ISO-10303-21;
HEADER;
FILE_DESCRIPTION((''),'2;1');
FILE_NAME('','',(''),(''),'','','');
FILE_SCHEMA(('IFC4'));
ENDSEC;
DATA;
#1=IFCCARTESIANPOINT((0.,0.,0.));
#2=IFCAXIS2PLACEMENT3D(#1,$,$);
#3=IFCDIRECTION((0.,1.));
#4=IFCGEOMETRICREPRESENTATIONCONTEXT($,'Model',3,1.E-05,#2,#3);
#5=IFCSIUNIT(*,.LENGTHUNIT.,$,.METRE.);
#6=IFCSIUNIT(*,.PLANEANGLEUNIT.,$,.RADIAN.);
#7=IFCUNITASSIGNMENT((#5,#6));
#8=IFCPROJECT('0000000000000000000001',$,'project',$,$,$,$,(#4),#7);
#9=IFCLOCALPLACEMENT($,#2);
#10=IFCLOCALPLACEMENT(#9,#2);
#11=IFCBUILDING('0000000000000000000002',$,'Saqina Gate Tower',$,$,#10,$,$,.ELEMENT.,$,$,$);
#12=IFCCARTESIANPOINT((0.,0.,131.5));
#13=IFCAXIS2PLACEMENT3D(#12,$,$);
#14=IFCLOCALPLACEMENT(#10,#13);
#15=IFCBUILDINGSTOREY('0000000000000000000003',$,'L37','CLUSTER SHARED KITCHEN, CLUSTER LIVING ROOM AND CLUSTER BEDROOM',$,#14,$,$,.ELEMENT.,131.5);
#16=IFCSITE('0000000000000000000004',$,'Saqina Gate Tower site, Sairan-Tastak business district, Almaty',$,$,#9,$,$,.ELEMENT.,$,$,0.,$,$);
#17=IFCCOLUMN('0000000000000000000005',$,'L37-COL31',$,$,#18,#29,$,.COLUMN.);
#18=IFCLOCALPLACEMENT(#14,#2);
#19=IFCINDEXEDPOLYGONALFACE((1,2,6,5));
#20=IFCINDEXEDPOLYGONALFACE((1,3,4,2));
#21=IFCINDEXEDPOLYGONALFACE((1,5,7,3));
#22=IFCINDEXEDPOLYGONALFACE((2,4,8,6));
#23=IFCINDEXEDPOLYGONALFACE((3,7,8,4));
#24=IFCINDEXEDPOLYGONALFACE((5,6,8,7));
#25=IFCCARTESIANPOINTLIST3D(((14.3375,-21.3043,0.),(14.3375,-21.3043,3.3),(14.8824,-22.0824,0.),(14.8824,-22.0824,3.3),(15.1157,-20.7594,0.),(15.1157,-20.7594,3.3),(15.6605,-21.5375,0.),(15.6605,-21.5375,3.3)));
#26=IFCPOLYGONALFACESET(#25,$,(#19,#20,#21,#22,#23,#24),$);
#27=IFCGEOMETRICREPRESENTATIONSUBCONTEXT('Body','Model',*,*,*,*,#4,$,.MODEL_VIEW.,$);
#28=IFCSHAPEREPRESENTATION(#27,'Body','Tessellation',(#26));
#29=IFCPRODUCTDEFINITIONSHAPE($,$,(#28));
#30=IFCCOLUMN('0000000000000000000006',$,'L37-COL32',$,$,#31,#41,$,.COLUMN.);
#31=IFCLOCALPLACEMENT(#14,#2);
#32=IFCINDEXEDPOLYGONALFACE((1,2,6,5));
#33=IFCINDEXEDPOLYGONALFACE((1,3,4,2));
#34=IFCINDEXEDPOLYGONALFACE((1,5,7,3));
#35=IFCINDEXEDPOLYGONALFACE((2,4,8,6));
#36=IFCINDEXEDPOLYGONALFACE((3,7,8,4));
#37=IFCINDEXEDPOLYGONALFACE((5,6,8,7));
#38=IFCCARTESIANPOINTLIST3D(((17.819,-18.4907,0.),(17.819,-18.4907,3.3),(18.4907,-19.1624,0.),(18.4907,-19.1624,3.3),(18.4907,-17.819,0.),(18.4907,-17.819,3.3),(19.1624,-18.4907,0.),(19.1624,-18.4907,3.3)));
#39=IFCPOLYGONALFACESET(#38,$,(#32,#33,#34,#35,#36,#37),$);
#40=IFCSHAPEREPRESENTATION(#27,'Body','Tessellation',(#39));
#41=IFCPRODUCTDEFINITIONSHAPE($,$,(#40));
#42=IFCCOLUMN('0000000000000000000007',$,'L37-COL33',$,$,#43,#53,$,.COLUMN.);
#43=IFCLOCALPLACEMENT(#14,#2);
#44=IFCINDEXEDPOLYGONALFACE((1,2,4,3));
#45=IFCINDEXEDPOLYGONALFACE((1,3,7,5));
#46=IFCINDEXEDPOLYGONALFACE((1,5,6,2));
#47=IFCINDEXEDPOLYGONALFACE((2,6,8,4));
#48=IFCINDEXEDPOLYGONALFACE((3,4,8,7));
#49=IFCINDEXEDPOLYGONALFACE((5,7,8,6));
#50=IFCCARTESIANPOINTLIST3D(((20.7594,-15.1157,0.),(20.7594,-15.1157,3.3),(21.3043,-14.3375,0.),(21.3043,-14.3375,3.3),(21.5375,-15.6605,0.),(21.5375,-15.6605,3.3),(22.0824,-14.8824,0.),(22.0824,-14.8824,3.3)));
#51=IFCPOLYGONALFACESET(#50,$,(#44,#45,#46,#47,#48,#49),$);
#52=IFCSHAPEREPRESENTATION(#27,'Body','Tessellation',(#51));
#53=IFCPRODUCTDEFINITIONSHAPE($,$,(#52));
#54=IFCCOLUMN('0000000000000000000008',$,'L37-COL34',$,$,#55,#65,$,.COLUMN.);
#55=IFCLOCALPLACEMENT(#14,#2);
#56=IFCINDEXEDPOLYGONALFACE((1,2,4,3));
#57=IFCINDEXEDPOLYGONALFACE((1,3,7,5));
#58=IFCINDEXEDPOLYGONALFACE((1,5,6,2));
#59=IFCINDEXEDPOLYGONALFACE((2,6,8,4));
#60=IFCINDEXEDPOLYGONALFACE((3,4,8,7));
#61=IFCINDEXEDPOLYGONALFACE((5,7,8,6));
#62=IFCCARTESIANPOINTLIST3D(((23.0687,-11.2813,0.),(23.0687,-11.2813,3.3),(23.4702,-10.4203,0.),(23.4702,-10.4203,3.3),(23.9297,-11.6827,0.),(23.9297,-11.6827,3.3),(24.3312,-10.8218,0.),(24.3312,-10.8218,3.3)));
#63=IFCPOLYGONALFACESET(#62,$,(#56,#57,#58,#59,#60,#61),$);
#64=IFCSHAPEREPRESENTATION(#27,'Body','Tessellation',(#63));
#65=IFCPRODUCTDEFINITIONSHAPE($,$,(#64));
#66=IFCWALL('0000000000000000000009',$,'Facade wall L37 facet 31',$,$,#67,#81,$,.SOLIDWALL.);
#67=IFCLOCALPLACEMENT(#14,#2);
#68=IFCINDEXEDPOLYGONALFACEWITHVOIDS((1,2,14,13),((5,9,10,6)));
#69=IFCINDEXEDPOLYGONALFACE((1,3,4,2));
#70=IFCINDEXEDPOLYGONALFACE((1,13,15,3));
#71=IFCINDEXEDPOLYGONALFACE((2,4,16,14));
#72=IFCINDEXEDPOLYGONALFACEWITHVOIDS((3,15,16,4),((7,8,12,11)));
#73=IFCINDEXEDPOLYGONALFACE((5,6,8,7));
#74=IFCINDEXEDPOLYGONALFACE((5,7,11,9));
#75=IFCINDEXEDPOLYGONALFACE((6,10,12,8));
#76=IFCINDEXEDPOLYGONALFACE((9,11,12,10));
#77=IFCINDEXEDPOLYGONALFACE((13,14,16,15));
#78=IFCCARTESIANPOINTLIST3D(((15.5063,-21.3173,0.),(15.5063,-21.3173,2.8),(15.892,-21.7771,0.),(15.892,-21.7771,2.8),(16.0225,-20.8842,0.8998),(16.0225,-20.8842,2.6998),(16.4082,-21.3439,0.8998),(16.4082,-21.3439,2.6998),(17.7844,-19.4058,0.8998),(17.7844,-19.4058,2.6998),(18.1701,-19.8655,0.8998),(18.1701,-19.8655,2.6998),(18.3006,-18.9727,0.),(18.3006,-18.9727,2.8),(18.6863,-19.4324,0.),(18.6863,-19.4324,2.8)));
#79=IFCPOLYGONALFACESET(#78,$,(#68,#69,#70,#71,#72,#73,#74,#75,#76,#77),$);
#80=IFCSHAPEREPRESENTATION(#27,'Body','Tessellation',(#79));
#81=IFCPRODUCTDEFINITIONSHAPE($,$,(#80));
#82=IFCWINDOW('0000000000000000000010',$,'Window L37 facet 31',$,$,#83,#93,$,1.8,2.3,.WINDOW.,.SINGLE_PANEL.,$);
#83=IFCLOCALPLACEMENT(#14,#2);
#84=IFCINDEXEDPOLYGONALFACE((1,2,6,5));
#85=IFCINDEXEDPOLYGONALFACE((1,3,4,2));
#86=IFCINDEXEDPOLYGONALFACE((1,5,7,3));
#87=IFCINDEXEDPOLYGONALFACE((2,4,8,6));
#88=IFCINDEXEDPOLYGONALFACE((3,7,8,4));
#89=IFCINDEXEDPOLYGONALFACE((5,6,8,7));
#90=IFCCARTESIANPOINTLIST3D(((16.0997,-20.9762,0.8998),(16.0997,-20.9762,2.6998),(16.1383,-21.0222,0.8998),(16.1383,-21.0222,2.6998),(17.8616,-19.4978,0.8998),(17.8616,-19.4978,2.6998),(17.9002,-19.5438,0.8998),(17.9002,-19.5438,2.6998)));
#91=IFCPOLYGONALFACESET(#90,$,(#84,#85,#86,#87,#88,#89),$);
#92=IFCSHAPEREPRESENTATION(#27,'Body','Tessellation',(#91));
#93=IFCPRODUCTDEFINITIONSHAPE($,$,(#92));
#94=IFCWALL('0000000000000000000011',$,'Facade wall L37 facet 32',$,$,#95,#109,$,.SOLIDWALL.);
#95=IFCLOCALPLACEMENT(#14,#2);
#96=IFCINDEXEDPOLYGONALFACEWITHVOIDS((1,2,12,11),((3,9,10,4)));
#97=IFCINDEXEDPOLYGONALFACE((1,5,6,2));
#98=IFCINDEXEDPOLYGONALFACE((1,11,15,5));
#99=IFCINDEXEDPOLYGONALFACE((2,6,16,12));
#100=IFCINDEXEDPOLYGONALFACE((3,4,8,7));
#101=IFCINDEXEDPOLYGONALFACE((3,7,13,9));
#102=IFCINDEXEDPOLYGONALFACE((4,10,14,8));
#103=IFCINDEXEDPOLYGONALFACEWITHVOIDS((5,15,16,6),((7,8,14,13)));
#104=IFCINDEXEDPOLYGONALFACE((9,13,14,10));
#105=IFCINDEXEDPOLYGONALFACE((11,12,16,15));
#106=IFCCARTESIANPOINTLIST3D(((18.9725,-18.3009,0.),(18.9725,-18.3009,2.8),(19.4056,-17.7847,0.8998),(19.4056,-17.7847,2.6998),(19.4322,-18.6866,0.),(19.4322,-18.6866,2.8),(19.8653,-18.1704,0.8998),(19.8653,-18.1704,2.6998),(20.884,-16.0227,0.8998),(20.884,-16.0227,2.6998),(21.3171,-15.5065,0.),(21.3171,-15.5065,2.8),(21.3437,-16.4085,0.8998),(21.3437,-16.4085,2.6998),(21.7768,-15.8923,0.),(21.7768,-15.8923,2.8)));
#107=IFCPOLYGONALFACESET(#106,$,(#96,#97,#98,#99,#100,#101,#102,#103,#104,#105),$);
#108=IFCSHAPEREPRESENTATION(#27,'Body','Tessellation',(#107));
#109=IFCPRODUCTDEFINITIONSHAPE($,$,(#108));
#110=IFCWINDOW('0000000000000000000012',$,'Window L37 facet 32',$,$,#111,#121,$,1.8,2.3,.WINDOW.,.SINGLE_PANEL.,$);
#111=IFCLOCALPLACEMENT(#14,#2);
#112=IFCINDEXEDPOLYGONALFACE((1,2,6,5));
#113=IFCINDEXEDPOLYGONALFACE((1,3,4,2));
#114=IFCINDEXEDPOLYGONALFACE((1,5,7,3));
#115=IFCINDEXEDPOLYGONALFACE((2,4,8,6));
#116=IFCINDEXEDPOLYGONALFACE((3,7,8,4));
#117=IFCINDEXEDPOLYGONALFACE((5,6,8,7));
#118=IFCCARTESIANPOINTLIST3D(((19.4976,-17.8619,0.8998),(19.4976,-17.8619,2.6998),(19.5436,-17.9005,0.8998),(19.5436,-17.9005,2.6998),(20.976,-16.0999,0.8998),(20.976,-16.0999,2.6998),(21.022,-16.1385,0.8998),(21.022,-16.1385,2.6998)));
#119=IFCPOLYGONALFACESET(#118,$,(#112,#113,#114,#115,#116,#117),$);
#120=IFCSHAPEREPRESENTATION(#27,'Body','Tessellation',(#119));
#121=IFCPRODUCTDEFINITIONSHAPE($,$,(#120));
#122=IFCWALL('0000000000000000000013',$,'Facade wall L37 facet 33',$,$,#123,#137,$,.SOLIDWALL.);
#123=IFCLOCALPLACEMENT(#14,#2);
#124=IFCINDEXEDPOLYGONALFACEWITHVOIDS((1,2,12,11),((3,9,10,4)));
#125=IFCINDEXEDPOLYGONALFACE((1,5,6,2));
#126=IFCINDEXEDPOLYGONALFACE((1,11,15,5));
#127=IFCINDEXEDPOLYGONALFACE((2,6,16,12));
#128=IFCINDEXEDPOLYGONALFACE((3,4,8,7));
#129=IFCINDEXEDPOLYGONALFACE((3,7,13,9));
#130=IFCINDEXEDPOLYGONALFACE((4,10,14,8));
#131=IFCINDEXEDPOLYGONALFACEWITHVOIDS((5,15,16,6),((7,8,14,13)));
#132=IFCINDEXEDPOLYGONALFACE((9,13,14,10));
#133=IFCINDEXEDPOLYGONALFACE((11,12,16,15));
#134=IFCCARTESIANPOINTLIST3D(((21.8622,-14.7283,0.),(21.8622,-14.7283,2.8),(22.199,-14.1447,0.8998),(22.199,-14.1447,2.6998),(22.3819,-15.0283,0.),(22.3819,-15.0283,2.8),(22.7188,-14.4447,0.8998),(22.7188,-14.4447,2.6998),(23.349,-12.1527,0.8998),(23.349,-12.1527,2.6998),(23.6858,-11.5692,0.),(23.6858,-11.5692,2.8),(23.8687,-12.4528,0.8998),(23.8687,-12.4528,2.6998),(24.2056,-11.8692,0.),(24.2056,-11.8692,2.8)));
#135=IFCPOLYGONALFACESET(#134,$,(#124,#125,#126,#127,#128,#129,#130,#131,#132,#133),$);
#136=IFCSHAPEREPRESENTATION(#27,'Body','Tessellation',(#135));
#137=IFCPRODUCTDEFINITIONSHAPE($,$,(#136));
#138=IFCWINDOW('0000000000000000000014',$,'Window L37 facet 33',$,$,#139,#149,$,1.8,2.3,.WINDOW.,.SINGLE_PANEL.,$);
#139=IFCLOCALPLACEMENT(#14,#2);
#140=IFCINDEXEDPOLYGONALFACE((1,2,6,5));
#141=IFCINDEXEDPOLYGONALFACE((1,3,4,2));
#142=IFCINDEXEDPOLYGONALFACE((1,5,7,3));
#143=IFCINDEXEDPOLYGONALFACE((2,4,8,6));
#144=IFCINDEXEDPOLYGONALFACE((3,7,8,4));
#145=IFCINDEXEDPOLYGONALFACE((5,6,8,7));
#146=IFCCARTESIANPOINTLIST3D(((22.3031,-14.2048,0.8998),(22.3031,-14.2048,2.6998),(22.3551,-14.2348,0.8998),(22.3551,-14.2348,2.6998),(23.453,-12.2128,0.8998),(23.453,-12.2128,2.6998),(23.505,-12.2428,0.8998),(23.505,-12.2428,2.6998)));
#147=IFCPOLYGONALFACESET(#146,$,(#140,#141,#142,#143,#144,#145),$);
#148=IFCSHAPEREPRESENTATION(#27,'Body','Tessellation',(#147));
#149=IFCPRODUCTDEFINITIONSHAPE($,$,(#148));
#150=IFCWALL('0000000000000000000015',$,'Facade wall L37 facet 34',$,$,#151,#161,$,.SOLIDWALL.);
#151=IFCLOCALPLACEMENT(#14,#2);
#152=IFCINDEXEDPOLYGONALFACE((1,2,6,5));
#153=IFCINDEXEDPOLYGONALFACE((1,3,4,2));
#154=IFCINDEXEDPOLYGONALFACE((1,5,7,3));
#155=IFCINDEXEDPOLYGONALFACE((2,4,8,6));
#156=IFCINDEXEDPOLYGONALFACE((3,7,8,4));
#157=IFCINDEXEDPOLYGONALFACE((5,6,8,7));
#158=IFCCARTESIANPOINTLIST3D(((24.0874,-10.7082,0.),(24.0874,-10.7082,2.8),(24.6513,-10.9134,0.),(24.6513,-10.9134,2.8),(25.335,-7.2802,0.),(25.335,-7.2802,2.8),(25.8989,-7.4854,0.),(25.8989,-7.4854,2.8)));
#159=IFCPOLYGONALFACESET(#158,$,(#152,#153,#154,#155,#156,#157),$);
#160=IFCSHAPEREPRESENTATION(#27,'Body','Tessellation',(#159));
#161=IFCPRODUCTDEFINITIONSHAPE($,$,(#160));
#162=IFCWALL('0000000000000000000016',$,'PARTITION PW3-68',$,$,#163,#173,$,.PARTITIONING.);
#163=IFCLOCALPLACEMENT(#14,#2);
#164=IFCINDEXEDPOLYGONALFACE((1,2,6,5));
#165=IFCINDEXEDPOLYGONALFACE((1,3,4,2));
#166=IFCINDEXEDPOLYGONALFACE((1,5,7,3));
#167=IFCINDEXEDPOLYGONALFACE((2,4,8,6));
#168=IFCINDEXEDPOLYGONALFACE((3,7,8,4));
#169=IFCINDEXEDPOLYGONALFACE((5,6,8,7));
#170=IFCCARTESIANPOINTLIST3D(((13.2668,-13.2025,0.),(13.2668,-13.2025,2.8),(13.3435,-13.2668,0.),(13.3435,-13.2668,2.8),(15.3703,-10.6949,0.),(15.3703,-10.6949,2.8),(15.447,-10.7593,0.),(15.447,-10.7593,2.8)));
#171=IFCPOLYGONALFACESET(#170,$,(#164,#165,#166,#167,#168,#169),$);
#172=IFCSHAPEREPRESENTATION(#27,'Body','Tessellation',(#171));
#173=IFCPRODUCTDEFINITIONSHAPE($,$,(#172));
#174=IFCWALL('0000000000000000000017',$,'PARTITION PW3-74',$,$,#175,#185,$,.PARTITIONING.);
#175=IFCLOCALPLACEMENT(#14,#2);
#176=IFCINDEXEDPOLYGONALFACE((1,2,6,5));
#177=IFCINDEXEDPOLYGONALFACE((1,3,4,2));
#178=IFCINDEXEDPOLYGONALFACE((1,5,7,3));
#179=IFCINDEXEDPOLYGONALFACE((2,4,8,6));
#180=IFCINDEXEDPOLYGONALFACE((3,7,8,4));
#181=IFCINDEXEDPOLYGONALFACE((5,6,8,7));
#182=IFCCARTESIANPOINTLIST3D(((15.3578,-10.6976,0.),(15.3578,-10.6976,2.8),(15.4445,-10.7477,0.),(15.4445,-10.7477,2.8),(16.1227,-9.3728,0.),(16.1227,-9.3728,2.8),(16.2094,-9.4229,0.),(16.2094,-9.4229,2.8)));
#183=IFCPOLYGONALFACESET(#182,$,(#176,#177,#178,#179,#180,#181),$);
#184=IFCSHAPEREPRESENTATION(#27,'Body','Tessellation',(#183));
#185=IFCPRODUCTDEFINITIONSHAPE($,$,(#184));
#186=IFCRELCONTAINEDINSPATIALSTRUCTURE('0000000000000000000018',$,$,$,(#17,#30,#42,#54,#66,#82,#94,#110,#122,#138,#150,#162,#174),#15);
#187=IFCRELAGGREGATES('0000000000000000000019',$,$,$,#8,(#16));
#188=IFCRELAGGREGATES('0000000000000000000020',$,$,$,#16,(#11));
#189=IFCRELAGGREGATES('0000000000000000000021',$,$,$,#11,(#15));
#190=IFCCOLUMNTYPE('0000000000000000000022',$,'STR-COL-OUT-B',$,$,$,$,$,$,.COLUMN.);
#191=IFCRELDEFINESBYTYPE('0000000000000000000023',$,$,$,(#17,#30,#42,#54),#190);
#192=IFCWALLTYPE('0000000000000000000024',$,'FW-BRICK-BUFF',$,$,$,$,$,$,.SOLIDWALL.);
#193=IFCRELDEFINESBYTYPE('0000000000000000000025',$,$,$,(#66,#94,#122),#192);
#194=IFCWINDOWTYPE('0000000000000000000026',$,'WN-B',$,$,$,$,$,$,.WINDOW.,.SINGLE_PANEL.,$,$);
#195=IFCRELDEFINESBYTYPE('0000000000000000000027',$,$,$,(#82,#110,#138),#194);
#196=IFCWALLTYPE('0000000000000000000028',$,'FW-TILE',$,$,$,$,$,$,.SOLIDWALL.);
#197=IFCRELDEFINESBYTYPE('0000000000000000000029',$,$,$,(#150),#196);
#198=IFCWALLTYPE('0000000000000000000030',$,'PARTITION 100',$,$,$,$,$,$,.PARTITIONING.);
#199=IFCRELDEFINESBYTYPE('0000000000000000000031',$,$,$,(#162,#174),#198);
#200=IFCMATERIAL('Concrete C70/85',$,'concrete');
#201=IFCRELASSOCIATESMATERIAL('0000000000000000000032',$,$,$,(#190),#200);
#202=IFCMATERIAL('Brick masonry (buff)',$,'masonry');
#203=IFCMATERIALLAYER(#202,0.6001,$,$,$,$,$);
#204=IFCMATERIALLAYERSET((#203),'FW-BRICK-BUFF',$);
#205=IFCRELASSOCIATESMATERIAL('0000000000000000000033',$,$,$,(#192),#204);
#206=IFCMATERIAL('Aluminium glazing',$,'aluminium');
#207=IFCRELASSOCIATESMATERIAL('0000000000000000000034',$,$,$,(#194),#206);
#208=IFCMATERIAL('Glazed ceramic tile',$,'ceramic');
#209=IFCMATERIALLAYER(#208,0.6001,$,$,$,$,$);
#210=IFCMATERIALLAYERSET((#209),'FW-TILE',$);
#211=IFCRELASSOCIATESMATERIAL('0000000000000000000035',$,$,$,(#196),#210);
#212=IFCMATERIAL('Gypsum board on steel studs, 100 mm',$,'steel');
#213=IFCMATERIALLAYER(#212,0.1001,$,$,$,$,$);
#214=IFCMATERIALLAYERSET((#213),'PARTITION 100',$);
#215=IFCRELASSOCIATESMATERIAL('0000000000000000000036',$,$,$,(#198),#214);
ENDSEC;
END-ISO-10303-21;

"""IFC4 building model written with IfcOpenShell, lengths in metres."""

from ifc_helpers import new_model, si_unit, direction, frame, frame_2d, origin, origin_2d, place, context, subcontext, project, spatial, rectangle, extrude, material, layer, layer_set, material_profile, profile_set, type_object, element, fill, save


model = new_model("IFC4")

# Units and contexts
model_context = context("Model", 3, precision=1e-05, world=origin(), true_north=direction((0.0, 1.0)))
body_context = subcontext(model_context, "Body", "Model", "MODEL_VIEW")
ifc_project = project(units=[si_unit("LENGTHUNIT", "METRE"), si_unit("PLANEANGLEUNIT", "RADIAN")], contexts=[model_context])

# Site, building, storey
site_placement = place(None, origin())
site = spatial("IfcSite", under=ifc_project, at=site_placement, Name="Saqina Gate Tower site, Sairan-Tastak business district, Almaty", CompositionType="ELEMENT", RefElevation=0.0)
building_placement = place(site_placement, origin())
building = spatial("IfcBuilding", under=site, at=building_placement, Name="Saqina Gate Tower", CompositionType="ELEMENT")
storey_placement = place(building_placement, frame((0.0, 0.0, 131.5)))
storey = spatial("IfcBuildingStorey", under=building, at=storey_placement, Name="L37", Description="CLUSTER SHARED KITCHEN, CLUSTER LIVING ROOM AND CLUSTER BEDROOM", CompositionType="ELEMENT", Elevation=131.5)

# Columns
ifc_material_1 = material(Name="Concrete C70/85", Category="concrete")
ifc_material_profile = material_profile(ifc_material_1, rectangle(XDim=0.95, YDim=0.95, at=origin_2d()), Name="RC 950x950")
ifc_profile_set = profile_set([ifc_material_profile], Name="Concrete C70/85")
column_type = type_object("IfcColumnType", Name="STR-COL-OUT-B", PredefinedType="COLUMN", material=ifc_profile_set)
for number, where, z_axis, x_axis, name in (
    (1, (14.999, -21.4209, 0.0), (0.0, 0.0, 1.0), (0.573576, -0.819152, 0.0), "L37-COL31"),
    (2, (18.4907, -18.4907, 0.0), (0.0, 0.0, 1.0), (0.707107, -0.707107, 0.0), "L37-COL32"),
    (3, (21.4209, -14.999, 0.0), (0.0, 0.0, 1.0), (0.819152, -0.573576, 0.0), "L37-COL33"),
    (4, (23.7, -11.0515, 0.0), (0.0, 0.0, 1.0), (0.906308, -0.422618, 0.0), "L37-COL34"),
):
    element("IfcColumn", number, at=place(storey_placement, frame(where, z_axis=z_axis, x_axis=x_axis)), inside=storey, type_object=column_type, Name=name, PredefinedType="COLUMN", context=body_context, shape_type="SweptSolid", body=[
        extrude(rectangle(XDim=0.95, YDim=0.95, at=origin_2d()), origin(), (0.0, 0.0, 1.0), 3.3),
    ])

# Walls, openings, windows
ifc_material_2 = material(Name="Brick masonry (buff)", Category="masonry")
ifc_layer_1 = layer(ifc_material_2, 0.6001)
ifc_layer_set_1 = layer_set([ifc_layer_1], Name="FW-BRICK-BUFF")
wall_type_1 = type_object("IfcWallType", Name="FW-BRICK-BUFF", PredefinedType="SOLIDWALL", material=ifc_layer_set_1)
wall_1_placement = place(storey_placement, frame((15.6992, -21.5471, 0.0), z_axis=(0.0, 0.0, 1.0), x_axis=(0.766055, 0.642774, 0.0)))
wall_1 = element("IfcWall", 5, at=wall_1_placement, inside=storey, type_object=wall_type_1, Name="Facade wall L37 facet 31", PredefinedType="SOLIDWALL", context=body_context, shape_type="SweptSolid", body=[
    extrude(rectangle(XDim=3.6477, YDim=0.6001, at=frame_2d((1.8237, 0.0))), origin(), (0.0, 0.0, 1.0), 2.8),
])
opening_1_placement = place(wall_1_placement, frame((0.6738, 0.0, 0.8999)))
opening_1 = element("IfcOpeningElement", 6, at=opening_1_placement, cuts=wall_1, PredefinedType="OPENING", context=body_context, shape_type="SweptSolid", body=[
    extrude(rectangle(XDim=2.3, YDim=1.8, at=frame_2d((1.1499, 0.8999))), frame((0.0, 0.312, 0.0), z_axis=(0.0, -1.0, 0.0), x_axis=(1.0, 0.0, 0.0)), (0.0, 0.0, 1.0), 0.624),
])
ifc_material_3 = material(Name="Aluminium glazing", Category="aluminium")
window_type = type_object("IfcWindowType", Name="WN-B", PartitioningType="SINGLE_PANEL", PredefinedType="WINDOW", material=ifc_material_3)
window_1_placement = place(opening_1_placement, origin())
window_1 = element("IfcWindow", 7, at=window_1_placement, inside=storey, type_object=window_type, Name="Window L37 facet 31", OverallHeight=1.8, OverallWidth=2.3, PartitioningType="SINGLE_PANEL", PredefinedType="WINDOW", context=body_context, shape_type="SweptSolid", body=[
    extrude(rectangle(XDim=2.3, YDim=1.8, at=frame_2d((1.1499, 0.8999))), frame((0.0, 0.1799, 0.0), z_axis=(0.0, -1.0, 0.0), x_axis=(1.0, 0.0, 0.0)), (0.0, 0.0, 1.0), 0.0601),
])
fill(opening_1, window_1)
wall_2_placement = place(storey_placement, frame((19.2024, -18.4937, 0.0), z_axis=(0.0, 0.0, 1.0), x_axis=(0.642774, 0.766055, 0.0)))
wall_2 = element("IfcWall", 8, at=wall_2_placement, inside=storey, type_object=wall_type_1, Name="Facade wall L37 facet 32", PredefinedType="SOLIDWALL", context=body_context, shape_type="SweptSolid", body=[
    extrude(rectangle(XDim=3.6477, YDim=0.6001, at=frame_2d((1.8237, 0.0))), origin(), (0.0, 0.0, 1.0), 2.8),
])
opening_2_placement = place(wall_2_placement, frame((0.6738, 0.0, 0.8999)))
opening_2 = element("IfcOpeningElement", 9, at=opening_2_placement, cuts=wall_2, PredefinedType="OPENING", context=body_context, shape_type="SweptSolid", body=[
    extrude(rectangle(XDim=2.3, YDim=1.8, at=frame_2d((1.1499, 0.8999))), frame((0.0, 0.312, 0.0), z_axis=(0.0, -1.0, 0.0), x_axis=(1.0, 0.0, 0.0)), (0.0, 0.0, 1.0), 0.624),
])
window_2_placement = place(opening_2_placement, origin())
window_2 = element("IfcWindow", 10, at=window_2_placement, inside=storey, type_object=window_type, Name="Window L37 facet 32", OverallHeight=1.8, OverallWidth=2.3, PartitioningType="SINGLE_PANEL", PredefinedType="WINDOW", context=body_context, shape_type="SweptSolid", body=[
    extrude(rectangle(XDim=2.3, YDim=1.8, at=frame_2d((1.1499, 0.8999))), frame((0.0, 0.1799, 0.0), z_axis=(0.0, -1.0, 0.0), x_axis=(1.0, 0.0, 0.0)), (0.0, 0.0, 1.0), 0.0601),
])
fill(opening_2, window_2)
wall_3_placement = place(storey_placement, frame((22.1221, -14.8782, 0.0), z_axis=(0.0, 0.0, 1.0), x_axis=(0.499954, 0.866052, 0.0)))
wall_3 = element("IfcWall", 11, at=wall_3_placement, inside=storey, type_object=wall_type_1, Name="Facade wall L37 facet 33", PredefinedType="SOLIDWALL", context=body_context, shape_type="SweptSolid", body=[
    extrude(rectangle(XDim=3.6477, YDim=0.6001, at=frame_2d((1.8237, 0.0))), origin(), (0.0, 0.0, 1.0), 2.8),
])
opening_3_placement = place(wall_3_placement, frame((0.6738, 0.0, 0.8999)))
opening_3 = element("IfcOpeningElement", 12, at=opening_3_placement, cuts=wall_3, PredefinedType="OPENING", context=body_context, shape_type="SweptSolid", body=[
    extrude(rectangle(XDim=2.3, YDim=1.8, at=frame_2d((1.1499, 0.8999))), frame((0.0, 0.312, 0.0), z_axis=(0.0, -1.0, 0.0), x_axis=(1.0, 0.0, 0.0)), (0.0, 0.0, 1.0), 0.624),
])
window_3_placement = place(opening_3_placement, origin())
window_3 = element("IfcWindow", 13, at=window_3_placement, inside=storey, type_object=window_type, Name="Window L37 facet 33", OverallHeight=1.8, OverallWidth=2.3, PartitioningType="SINGLE_PANEL", PredefinedType="WINDOW", context=body_context, shape_type="SweptSolid", body=[
    extrude(rectangle(XDim=2.3, YDim=1.8, at=frame_2d((1.1499, 0.8999))), frame((0.0, 0.1799, 0.0), z_axis=(0.0, -1.0, 0.0), x_axis=(1.0, 0.0, 0.0)), (0.0, 0.0, 1.0), 0.0601),
])
fill(opening_3, window_3)

# Walls
ifc_material_4 = material(Name="Glazed ceramic tile", Category="ceramic")
ifc_layer_2 = layer(ifc_material_4, 0.6001)
ifc_layer_set_2 = layer_set([ifc_layer_2], Name="FW-TILE")
wall_type_2 = type_object("IfcWallType", Name="FW-TILE", PredefinedType="SOLIDWALL", material=ifc_layer_set_2)
wall_4_placement = place(storey_placement, frame((24.3694, -10.8108, 0.0), z_axis=(0.0, 0.0, 1.0), x_axis=(0.34199, 0.939704, 0.0)))
element("IfcWall", 14, at=wall_4_placement, inside=storey, type_object=wall_type_2, Name="Facade wall L37 facet 34", PredefinedType="SOLIDWALL", context=body_context, shape_type="SweptSolid", body=[
    extrude(rectangle(XDim=3.6479, YDim=0.6001, at=frame_2d((1.824, 0.0))), origin(), (0.0, 0.0, 1.0), 2.8),
])
ifc_material_5 = material(Name="Gypsum board on steel studs, 100 mm", Category="steel")
ifc_layer_3 = layer(ifc_material_5, 0.1001)
ifc_layer_set_3 = layer_set([ifc_layer_3], Name="PARTITION 100")
wall_type_3 = type_object("IfcWallType", Name="PARTITION 100", PredefinedType="PARTITIONING", material=ifc_layer_set_3)
wall_5_placement = place(storey_placement, frame((13.3052, -13.2346, 0.0), z_axis=(0.0, 0.0, 1.0), x_axis=(0.642683, 0.766132, 0.0)))
element("IfcWall", 15, at=wall_5_placement, inside=storey, type_object=wall_type_3, Name="PARTITION PW3-68", PredefinedType="PARTITIONING", context=body_context, shape_type="SweptSolid", body=[
    extrude(rectangle(XDim=3.2729, YDim=0.1001, at=frame_2d((1.6365, 0.0))), origin(), (0.0, 0.0, 1.0), 2.8),
])
wall_6_placement = place(storey_placement, frame((15.4011, -10.7227, 0.0), z_axis=(0.0, 0.0, 1.0), x_axis=(0.500036, 0.866005, 0.0)))
element("IfcWall", 16, at=wall_6_placement, inside=storey, type_object=wall_type_3, Name="PARTITION PW3-74", PredefinedType="PARTITIONING", context=body_context, shape_type="SweptSolid", body=[
    extrude(rectangle(XDim=1.5298, YDim=0.1001, at=frame_2d((0.7649, 0.0))), origin(), (0.0, 0.0, 1.0), 2.8),
])

save(model, "model.ifc")
